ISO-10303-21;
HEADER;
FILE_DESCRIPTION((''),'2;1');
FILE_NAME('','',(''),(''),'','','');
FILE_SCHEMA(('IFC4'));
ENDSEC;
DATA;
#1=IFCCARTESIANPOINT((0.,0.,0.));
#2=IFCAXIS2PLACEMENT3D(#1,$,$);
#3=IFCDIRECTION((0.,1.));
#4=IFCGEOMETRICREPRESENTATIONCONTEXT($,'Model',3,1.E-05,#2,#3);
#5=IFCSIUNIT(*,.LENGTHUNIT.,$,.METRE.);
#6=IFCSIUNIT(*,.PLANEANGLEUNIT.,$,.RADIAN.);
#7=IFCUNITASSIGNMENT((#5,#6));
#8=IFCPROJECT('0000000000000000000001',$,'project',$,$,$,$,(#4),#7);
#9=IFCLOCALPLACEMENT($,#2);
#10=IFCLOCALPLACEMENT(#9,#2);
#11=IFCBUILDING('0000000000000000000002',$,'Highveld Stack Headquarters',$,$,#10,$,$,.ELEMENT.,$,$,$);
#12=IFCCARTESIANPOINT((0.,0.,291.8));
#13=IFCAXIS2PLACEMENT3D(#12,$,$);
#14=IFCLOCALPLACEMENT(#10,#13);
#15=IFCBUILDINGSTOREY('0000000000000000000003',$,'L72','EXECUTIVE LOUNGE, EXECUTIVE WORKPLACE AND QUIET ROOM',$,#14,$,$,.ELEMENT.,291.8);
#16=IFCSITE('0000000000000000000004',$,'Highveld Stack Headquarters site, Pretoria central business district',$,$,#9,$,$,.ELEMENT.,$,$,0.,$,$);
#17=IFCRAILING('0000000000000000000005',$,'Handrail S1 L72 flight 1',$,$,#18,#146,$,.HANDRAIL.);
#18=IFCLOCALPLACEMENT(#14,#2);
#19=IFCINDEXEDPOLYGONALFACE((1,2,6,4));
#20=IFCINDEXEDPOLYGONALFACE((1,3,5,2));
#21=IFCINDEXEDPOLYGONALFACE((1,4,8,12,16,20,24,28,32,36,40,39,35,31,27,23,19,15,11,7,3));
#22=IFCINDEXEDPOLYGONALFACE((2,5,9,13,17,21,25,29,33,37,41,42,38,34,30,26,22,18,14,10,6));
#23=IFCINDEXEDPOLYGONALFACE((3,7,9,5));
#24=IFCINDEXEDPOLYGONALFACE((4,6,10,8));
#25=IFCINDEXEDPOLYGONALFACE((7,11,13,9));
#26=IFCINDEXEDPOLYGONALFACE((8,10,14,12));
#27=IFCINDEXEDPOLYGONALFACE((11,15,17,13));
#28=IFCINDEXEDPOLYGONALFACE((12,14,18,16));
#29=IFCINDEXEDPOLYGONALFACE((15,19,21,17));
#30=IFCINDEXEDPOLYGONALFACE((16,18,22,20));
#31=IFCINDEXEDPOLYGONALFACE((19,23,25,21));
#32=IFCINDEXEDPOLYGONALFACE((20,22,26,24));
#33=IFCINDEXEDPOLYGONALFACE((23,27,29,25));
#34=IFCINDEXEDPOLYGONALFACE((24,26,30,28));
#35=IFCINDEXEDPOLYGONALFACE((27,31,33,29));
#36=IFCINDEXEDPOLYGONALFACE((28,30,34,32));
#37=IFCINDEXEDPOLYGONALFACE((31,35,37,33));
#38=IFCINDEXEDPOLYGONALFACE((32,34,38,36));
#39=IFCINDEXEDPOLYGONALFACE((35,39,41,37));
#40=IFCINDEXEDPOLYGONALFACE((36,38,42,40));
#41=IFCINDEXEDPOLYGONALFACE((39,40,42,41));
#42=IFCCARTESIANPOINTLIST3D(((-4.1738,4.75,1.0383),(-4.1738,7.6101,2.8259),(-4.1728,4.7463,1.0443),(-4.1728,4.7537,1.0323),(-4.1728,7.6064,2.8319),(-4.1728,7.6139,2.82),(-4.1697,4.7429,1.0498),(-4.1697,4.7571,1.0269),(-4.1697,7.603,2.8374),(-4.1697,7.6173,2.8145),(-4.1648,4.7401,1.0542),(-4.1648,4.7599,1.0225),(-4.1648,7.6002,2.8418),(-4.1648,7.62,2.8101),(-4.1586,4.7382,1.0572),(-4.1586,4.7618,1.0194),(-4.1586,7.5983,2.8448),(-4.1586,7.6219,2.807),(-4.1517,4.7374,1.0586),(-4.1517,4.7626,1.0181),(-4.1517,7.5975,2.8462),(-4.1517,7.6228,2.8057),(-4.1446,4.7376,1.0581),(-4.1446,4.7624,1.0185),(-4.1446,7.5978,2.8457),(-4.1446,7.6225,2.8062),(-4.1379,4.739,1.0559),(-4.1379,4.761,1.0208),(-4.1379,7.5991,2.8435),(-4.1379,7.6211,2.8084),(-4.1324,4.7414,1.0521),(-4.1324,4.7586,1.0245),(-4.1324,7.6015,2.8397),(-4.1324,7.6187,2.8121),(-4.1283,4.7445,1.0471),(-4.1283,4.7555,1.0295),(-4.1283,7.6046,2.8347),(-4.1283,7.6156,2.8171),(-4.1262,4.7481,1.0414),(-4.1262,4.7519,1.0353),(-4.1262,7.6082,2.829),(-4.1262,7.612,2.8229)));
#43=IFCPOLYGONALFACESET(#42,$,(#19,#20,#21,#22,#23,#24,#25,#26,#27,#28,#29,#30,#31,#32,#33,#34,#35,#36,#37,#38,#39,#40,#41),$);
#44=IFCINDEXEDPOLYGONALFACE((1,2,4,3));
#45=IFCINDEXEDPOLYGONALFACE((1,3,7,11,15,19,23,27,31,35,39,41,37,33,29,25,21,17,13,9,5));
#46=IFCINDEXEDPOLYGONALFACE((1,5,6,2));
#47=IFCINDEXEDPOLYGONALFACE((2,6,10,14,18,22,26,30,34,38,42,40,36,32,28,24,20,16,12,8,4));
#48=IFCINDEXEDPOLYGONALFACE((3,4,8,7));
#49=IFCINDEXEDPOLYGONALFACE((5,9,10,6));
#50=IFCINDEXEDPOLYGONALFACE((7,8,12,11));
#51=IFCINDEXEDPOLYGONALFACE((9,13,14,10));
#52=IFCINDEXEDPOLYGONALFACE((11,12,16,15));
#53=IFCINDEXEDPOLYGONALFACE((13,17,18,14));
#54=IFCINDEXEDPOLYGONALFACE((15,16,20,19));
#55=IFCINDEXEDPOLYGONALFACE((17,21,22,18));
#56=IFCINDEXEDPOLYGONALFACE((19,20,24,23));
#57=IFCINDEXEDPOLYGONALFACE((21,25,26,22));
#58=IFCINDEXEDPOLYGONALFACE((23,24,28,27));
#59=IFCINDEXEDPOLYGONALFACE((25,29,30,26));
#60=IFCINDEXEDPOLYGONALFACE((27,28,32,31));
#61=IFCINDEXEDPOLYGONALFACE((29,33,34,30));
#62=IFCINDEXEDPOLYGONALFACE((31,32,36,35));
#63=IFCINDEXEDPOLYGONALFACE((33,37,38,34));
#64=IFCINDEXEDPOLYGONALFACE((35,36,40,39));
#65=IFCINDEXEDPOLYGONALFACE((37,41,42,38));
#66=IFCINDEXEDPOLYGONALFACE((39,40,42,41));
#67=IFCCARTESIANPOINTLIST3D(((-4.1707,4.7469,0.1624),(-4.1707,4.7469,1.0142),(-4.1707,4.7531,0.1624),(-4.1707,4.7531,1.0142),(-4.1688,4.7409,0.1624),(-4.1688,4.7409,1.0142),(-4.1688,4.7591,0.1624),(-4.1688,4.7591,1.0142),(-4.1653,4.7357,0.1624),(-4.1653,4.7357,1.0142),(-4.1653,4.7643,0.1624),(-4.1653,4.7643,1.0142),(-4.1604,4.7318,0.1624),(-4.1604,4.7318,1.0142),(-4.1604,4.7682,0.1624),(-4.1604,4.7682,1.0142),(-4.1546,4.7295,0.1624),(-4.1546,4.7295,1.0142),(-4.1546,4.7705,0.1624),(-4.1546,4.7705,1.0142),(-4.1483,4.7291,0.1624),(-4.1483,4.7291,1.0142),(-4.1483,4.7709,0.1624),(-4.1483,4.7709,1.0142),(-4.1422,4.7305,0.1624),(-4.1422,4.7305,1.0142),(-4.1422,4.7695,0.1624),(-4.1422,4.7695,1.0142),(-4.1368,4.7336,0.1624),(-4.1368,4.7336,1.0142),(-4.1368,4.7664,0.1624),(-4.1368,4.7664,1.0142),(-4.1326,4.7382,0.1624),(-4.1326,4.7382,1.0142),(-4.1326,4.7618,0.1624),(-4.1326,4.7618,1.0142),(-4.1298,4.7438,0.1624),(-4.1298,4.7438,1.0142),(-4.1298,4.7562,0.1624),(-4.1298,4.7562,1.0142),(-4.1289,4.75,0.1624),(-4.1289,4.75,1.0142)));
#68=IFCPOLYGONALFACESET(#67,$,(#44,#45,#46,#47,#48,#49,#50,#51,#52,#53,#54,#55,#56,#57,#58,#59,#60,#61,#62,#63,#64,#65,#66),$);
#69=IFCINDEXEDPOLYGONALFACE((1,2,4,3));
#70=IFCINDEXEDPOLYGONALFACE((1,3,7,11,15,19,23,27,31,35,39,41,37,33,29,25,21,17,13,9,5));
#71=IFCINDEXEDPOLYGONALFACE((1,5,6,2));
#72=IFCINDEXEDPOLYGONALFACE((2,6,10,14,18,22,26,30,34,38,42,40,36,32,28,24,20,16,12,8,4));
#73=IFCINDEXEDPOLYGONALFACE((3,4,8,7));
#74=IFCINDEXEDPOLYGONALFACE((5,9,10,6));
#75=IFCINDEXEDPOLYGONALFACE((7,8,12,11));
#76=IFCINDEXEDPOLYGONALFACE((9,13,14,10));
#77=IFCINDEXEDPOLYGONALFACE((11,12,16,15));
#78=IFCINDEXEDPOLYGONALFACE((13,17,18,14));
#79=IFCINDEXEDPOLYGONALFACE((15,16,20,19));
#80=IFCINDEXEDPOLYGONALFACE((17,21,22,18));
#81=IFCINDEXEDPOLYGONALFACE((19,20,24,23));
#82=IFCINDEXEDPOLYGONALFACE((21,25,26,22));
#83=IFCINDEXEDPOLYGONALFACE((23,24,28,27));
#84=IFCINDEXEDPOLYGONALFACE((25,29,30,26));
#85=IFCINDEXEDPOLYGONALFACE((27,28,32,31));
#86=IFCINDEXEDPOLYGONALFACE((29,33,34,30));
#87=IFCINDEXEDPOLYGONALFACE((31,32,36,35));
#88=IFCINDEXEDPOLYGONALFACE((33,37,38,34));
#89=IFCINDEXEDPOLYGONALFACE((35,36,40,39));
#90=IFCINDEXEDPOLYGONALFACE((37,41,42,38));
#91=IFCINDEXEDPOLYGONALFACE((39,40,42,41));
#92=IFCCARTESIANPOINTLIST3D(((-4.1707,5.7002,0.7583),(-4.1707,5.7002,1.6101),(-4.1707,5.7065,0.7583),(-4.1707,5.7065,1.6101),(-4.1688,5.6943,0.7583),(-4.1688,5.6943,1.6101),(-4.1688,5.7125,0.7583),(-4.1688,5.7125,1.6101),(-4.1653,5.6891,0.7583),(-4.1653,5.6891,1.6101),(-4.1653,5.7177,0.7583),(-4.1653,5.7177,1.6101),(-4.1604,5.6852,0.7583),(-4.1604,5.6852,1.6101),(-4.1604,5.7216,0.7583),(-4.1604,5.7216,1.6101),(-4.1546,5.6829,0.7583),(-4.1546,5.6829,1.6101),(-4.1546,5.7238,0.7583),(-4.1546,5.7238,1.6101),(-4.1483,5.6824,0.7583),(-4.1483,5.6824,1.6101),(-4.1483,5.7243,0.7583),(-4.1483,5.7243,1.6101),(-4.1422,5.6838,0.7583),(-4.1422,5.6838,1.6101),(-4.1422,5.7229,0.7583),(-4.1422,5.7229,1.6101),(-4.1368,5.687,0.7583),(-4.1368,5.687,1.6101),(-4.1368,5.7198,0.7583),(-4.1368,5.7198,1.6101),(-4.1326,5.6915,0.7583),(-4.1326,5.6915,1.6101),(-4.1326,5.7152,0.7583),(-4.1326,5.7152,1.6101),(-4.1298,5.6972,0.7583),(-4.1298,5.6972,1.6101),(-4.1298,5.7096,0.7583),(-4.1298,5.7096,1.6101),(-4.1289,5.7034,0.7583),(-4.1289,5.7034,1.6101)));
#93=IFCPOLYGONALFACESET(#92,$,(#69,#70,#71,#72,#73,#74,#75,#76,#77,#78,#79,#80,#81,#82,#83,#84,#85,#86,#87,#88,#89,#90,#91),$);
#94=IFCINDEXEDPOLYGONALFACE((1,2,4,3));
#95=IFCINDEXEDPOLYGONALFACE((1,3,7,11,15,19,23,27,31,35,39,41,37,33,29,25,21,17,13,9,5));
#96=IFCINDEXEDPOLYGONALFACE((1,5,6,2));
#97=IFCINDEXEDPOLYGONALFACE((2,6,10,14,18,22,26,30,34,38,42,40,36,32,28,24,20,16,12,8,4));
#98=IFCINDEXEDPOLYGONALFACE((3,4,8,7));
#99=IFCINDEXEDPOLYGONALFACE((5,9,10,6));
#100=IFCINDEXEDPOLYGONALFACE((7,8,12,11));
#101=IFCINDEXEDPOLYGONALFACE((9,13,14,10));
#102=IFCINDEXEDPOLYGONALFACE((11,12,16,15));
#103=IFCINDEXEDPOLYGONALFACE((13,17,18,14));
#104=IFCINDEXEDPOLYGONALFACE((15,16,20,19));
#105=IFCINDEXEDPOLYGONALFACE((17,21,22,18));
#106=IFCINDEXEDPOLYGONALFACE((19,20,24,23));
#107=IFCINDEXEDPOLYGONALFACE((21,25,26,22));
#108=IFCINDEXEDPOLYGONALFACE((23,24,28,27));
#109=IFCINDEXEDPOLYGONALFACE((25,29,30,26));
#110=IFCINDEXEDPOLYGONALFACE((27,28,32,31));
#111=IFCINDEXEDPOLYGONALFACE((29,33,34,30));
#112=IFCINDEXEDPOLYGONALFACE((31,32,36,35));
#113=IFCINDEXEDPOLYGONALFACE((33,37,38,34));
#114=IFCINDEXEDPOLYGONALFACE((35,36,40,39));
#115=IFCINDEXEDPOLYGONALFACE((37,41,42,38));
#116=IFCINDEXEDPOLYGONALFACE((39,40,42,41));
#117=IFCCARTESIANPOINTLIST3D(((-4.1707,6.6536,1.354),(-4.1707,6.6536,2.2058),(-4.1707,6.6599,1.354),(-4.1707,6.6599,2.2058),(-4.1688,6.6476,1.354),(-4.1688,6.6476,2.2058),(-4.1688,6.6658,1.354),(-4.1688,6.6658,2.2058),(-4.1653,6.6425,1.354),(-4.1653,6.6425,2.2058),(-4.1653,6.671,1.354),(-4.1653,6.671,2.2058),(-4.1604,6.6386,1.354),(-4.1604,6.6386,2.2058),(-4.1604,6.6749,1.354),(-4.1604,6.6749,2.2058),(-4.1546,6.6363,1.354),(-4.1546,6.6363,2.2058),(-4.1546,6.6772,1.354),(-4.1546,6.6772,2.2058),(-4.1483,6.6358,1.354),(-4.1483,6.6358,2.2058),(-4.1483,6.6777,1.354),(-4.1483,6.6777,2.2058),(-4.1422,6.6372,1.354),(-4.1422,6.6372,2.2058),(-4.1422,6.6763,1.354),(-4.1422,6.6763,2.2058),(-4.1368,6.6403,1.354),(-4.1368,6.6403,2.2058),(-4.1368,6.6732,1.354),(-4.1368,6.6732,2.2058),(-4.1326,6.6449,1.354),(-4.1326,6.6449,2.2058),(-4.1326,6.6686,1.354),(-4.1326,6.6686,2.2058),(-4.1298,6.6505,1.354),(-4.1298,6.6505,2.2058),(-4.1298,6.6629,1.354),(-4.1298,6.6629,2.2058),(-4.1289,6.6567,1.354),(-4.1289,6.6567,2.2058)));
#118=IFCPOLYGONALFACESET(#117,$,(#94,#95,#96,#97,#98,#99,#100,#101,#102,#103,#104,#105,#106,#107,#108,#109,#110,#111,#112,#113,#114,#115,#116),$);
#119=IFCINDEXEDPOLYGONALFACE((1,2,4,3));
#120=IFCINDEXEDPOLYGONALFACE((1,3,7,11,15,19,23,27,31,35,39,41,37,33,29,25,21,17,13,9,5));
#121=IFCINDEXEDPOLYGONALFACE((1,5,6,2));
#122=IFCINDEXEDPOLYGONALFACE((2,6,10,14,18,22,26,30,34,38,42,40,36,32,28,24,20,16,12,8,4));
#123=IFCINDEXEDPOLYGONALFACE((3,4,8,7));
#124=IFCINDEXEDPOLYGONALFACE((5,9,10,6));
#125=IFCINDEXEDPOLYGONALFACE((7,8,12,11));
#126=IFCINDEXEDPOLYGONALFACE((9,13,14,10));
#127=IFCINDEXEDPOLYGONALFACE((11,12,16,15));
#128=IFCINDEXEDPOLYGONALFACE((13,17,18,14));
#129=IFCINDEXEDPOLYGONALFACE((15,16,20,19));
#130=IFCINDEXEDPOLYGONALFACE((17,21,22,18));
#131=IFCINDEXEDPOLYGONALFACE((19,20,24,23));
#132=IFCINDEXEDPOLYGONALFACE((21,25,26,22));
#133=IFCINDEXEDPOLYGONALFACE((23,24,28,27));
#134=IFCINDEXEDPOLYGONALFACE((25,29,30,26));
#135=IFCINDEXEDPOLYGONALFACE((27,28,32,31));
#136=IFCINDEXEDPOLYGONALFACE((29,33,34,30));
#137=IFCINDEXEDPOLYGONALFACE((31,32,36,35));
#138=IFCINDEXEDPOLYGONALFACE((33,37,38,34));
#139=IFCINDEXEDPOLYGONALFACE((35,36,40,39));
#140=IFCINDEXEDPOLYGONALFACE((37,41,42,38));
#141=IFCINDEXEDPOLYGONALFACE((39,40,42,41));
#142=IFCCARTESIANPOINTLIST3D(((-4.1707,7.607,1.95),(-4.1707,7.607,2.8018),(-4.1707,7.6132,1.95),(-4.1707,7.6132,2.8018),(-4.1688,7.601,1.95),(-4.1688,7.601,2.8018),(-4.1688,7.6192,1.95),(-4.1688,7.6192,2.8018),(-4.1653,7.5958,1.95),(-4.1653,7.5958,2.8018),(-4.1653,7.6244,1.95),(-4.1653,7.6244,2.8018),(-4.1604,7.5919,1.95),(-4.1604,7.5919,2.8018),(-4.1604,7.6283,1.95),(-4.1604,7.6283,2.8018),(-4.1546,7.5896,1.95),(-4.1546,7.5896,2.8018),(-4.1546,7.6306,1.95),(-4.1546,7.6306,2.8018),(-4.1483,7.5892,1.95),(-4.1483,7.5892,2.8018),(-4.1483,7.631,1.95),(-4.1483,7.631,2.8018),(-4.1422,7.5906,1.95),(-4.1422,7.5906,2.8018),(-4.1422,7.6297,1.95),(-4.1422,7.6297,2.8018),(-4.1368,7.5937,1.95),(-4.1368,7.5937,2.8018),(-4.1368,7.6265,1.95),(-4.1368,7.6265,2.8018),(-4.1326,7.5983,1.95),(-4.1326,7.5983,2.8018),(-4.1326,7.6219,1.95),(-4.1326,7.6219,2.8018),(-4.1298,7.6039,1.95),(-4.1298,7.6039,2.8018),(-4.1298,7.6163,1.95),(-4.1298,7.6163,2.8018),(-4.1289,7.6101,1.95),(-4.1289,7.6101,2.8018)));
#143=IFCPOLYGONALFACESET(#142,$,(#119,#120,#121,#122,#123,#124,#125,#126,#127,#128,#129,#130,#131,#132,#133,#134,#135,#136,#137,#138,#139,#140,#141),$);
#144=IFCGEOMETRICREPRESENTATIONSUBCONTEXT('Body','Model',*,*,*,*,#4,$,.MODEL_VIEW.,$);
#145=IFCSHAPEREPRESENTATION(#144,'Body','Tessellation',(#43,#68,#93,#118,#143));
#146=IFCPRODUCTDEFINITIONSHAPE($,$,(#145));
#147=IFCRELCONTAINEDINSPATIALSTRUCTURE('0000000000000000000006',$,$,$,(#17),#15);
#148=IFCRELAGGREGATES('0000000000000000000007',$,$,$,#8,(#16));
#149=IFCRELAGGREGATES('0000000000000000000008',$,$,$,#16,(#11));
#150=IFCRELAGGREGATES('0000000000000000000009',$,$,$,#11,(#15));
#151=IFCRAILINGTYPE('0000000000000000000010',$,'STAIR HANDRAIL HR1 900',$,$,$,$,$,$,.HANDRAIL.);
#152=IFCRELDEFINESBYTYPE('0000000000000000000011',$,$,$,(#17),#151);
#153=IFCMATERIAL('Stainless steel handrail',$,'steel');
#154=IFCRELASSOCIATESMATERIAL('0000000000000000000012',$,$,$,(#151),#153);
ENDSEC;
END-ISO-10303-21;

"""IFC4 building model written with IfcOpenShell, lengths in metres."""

from ifc_helpers import new_model, si_unit, direction, frame, origin, origin_2d, place, context, subcontext, project, spatial, circle, extrude, material, type_object, element, save


model = new_model("IFC4")

# Units and contexts
model_context = context("Model", 3, precision=1e-05, world=origin(), true_north=direction((0.0, 1.0)))
body_context = subcontext(model_context, "Body", "Model", "MODEL_VIEW")
ifc_project = project(units=[si_unit("LENGTHUNIT", "METRE"), si_unit("PLANEANGLEUNIT", "RADIAN")], contexts=[model_context])

# Site, building, storey
site_placement = place(None, origin())
site = spatial("IfcSite", under=ifc_project, at=site_placement, Name="Highveld Stack Headquarters site, Pretoria central business district", CompositionType="ELEMENT", RefElevation=0.0)
building_placement = place(site_placement, origin())
building = spatial("IfcBuilding", under=site, at=building_placement, Name="Highveld Stack Headquarters", CompositionType="ELEMENT")
storey_placement = place(building_placement, frame((0.0, 0.0, 291.8)))
storey = spatial("IfcBuildingStorey", under=building, at=storey_placement, Name="L72", Description="EXECUTIVE LOUNGE, EXECUTIVE WORKPLACE AND QUIET ROOM", CompositionType="ELEMENT", Elevation=291.8)

# Railing
ifc_material_1 = material(Name="Stainless steel handrail", Category="steel")
railing_type = type_object("IfcRailingType", Name="STAIR HANDRAIL HR1 900", PredefinedType="HANDRAIL", material=ifc_material_1)
for number, where, name in (
    (1, (-4.1499, 4.75, 0.1624), "Handrail S1 L72 flight 1"),
):
    element("IfcRailing", number, at=place(storey_placement, frame(where)), inside=storey, type_object=railing_type, Name=name, PredefinedType="HANDRAIL", context=body_context, shape_type="SweptSolid", body=[
        extrude(circle(Radius=0.0239, at=origin_2d()), frame((0.0, 0.0, 0.876), z_axis=(0.0, 0.847994, 0.530005), x_axis=(-1.0, 0.0, 0.0)), (0.0, 0.0, 1.0), 3.3728),
        extrude(circle(Radius=0.021, at=origin_2d()), origin(), (0.0, 0.0, 1.0), 0.8518),
        extrude(circle(Radius=0.021, at=origin_2d()), frame((0.0, 0.9534, 0.5959)), (0.0, 0.0, 1.0), 0.8518),
        extrude(circle(Radius=0.021, at=origin_2d()), frame((0.0, 1.9067, 1.1917)), (0.0, 0.0, 1.0), 0.8518),
        extrude(circle(Radius=0.021, at=origin_2d()), frame((0.0, 2.8601, 1.7876)), (0.0, 0.0, 1.0), 0.8518),
    ])

save(model, "model.ifc")
